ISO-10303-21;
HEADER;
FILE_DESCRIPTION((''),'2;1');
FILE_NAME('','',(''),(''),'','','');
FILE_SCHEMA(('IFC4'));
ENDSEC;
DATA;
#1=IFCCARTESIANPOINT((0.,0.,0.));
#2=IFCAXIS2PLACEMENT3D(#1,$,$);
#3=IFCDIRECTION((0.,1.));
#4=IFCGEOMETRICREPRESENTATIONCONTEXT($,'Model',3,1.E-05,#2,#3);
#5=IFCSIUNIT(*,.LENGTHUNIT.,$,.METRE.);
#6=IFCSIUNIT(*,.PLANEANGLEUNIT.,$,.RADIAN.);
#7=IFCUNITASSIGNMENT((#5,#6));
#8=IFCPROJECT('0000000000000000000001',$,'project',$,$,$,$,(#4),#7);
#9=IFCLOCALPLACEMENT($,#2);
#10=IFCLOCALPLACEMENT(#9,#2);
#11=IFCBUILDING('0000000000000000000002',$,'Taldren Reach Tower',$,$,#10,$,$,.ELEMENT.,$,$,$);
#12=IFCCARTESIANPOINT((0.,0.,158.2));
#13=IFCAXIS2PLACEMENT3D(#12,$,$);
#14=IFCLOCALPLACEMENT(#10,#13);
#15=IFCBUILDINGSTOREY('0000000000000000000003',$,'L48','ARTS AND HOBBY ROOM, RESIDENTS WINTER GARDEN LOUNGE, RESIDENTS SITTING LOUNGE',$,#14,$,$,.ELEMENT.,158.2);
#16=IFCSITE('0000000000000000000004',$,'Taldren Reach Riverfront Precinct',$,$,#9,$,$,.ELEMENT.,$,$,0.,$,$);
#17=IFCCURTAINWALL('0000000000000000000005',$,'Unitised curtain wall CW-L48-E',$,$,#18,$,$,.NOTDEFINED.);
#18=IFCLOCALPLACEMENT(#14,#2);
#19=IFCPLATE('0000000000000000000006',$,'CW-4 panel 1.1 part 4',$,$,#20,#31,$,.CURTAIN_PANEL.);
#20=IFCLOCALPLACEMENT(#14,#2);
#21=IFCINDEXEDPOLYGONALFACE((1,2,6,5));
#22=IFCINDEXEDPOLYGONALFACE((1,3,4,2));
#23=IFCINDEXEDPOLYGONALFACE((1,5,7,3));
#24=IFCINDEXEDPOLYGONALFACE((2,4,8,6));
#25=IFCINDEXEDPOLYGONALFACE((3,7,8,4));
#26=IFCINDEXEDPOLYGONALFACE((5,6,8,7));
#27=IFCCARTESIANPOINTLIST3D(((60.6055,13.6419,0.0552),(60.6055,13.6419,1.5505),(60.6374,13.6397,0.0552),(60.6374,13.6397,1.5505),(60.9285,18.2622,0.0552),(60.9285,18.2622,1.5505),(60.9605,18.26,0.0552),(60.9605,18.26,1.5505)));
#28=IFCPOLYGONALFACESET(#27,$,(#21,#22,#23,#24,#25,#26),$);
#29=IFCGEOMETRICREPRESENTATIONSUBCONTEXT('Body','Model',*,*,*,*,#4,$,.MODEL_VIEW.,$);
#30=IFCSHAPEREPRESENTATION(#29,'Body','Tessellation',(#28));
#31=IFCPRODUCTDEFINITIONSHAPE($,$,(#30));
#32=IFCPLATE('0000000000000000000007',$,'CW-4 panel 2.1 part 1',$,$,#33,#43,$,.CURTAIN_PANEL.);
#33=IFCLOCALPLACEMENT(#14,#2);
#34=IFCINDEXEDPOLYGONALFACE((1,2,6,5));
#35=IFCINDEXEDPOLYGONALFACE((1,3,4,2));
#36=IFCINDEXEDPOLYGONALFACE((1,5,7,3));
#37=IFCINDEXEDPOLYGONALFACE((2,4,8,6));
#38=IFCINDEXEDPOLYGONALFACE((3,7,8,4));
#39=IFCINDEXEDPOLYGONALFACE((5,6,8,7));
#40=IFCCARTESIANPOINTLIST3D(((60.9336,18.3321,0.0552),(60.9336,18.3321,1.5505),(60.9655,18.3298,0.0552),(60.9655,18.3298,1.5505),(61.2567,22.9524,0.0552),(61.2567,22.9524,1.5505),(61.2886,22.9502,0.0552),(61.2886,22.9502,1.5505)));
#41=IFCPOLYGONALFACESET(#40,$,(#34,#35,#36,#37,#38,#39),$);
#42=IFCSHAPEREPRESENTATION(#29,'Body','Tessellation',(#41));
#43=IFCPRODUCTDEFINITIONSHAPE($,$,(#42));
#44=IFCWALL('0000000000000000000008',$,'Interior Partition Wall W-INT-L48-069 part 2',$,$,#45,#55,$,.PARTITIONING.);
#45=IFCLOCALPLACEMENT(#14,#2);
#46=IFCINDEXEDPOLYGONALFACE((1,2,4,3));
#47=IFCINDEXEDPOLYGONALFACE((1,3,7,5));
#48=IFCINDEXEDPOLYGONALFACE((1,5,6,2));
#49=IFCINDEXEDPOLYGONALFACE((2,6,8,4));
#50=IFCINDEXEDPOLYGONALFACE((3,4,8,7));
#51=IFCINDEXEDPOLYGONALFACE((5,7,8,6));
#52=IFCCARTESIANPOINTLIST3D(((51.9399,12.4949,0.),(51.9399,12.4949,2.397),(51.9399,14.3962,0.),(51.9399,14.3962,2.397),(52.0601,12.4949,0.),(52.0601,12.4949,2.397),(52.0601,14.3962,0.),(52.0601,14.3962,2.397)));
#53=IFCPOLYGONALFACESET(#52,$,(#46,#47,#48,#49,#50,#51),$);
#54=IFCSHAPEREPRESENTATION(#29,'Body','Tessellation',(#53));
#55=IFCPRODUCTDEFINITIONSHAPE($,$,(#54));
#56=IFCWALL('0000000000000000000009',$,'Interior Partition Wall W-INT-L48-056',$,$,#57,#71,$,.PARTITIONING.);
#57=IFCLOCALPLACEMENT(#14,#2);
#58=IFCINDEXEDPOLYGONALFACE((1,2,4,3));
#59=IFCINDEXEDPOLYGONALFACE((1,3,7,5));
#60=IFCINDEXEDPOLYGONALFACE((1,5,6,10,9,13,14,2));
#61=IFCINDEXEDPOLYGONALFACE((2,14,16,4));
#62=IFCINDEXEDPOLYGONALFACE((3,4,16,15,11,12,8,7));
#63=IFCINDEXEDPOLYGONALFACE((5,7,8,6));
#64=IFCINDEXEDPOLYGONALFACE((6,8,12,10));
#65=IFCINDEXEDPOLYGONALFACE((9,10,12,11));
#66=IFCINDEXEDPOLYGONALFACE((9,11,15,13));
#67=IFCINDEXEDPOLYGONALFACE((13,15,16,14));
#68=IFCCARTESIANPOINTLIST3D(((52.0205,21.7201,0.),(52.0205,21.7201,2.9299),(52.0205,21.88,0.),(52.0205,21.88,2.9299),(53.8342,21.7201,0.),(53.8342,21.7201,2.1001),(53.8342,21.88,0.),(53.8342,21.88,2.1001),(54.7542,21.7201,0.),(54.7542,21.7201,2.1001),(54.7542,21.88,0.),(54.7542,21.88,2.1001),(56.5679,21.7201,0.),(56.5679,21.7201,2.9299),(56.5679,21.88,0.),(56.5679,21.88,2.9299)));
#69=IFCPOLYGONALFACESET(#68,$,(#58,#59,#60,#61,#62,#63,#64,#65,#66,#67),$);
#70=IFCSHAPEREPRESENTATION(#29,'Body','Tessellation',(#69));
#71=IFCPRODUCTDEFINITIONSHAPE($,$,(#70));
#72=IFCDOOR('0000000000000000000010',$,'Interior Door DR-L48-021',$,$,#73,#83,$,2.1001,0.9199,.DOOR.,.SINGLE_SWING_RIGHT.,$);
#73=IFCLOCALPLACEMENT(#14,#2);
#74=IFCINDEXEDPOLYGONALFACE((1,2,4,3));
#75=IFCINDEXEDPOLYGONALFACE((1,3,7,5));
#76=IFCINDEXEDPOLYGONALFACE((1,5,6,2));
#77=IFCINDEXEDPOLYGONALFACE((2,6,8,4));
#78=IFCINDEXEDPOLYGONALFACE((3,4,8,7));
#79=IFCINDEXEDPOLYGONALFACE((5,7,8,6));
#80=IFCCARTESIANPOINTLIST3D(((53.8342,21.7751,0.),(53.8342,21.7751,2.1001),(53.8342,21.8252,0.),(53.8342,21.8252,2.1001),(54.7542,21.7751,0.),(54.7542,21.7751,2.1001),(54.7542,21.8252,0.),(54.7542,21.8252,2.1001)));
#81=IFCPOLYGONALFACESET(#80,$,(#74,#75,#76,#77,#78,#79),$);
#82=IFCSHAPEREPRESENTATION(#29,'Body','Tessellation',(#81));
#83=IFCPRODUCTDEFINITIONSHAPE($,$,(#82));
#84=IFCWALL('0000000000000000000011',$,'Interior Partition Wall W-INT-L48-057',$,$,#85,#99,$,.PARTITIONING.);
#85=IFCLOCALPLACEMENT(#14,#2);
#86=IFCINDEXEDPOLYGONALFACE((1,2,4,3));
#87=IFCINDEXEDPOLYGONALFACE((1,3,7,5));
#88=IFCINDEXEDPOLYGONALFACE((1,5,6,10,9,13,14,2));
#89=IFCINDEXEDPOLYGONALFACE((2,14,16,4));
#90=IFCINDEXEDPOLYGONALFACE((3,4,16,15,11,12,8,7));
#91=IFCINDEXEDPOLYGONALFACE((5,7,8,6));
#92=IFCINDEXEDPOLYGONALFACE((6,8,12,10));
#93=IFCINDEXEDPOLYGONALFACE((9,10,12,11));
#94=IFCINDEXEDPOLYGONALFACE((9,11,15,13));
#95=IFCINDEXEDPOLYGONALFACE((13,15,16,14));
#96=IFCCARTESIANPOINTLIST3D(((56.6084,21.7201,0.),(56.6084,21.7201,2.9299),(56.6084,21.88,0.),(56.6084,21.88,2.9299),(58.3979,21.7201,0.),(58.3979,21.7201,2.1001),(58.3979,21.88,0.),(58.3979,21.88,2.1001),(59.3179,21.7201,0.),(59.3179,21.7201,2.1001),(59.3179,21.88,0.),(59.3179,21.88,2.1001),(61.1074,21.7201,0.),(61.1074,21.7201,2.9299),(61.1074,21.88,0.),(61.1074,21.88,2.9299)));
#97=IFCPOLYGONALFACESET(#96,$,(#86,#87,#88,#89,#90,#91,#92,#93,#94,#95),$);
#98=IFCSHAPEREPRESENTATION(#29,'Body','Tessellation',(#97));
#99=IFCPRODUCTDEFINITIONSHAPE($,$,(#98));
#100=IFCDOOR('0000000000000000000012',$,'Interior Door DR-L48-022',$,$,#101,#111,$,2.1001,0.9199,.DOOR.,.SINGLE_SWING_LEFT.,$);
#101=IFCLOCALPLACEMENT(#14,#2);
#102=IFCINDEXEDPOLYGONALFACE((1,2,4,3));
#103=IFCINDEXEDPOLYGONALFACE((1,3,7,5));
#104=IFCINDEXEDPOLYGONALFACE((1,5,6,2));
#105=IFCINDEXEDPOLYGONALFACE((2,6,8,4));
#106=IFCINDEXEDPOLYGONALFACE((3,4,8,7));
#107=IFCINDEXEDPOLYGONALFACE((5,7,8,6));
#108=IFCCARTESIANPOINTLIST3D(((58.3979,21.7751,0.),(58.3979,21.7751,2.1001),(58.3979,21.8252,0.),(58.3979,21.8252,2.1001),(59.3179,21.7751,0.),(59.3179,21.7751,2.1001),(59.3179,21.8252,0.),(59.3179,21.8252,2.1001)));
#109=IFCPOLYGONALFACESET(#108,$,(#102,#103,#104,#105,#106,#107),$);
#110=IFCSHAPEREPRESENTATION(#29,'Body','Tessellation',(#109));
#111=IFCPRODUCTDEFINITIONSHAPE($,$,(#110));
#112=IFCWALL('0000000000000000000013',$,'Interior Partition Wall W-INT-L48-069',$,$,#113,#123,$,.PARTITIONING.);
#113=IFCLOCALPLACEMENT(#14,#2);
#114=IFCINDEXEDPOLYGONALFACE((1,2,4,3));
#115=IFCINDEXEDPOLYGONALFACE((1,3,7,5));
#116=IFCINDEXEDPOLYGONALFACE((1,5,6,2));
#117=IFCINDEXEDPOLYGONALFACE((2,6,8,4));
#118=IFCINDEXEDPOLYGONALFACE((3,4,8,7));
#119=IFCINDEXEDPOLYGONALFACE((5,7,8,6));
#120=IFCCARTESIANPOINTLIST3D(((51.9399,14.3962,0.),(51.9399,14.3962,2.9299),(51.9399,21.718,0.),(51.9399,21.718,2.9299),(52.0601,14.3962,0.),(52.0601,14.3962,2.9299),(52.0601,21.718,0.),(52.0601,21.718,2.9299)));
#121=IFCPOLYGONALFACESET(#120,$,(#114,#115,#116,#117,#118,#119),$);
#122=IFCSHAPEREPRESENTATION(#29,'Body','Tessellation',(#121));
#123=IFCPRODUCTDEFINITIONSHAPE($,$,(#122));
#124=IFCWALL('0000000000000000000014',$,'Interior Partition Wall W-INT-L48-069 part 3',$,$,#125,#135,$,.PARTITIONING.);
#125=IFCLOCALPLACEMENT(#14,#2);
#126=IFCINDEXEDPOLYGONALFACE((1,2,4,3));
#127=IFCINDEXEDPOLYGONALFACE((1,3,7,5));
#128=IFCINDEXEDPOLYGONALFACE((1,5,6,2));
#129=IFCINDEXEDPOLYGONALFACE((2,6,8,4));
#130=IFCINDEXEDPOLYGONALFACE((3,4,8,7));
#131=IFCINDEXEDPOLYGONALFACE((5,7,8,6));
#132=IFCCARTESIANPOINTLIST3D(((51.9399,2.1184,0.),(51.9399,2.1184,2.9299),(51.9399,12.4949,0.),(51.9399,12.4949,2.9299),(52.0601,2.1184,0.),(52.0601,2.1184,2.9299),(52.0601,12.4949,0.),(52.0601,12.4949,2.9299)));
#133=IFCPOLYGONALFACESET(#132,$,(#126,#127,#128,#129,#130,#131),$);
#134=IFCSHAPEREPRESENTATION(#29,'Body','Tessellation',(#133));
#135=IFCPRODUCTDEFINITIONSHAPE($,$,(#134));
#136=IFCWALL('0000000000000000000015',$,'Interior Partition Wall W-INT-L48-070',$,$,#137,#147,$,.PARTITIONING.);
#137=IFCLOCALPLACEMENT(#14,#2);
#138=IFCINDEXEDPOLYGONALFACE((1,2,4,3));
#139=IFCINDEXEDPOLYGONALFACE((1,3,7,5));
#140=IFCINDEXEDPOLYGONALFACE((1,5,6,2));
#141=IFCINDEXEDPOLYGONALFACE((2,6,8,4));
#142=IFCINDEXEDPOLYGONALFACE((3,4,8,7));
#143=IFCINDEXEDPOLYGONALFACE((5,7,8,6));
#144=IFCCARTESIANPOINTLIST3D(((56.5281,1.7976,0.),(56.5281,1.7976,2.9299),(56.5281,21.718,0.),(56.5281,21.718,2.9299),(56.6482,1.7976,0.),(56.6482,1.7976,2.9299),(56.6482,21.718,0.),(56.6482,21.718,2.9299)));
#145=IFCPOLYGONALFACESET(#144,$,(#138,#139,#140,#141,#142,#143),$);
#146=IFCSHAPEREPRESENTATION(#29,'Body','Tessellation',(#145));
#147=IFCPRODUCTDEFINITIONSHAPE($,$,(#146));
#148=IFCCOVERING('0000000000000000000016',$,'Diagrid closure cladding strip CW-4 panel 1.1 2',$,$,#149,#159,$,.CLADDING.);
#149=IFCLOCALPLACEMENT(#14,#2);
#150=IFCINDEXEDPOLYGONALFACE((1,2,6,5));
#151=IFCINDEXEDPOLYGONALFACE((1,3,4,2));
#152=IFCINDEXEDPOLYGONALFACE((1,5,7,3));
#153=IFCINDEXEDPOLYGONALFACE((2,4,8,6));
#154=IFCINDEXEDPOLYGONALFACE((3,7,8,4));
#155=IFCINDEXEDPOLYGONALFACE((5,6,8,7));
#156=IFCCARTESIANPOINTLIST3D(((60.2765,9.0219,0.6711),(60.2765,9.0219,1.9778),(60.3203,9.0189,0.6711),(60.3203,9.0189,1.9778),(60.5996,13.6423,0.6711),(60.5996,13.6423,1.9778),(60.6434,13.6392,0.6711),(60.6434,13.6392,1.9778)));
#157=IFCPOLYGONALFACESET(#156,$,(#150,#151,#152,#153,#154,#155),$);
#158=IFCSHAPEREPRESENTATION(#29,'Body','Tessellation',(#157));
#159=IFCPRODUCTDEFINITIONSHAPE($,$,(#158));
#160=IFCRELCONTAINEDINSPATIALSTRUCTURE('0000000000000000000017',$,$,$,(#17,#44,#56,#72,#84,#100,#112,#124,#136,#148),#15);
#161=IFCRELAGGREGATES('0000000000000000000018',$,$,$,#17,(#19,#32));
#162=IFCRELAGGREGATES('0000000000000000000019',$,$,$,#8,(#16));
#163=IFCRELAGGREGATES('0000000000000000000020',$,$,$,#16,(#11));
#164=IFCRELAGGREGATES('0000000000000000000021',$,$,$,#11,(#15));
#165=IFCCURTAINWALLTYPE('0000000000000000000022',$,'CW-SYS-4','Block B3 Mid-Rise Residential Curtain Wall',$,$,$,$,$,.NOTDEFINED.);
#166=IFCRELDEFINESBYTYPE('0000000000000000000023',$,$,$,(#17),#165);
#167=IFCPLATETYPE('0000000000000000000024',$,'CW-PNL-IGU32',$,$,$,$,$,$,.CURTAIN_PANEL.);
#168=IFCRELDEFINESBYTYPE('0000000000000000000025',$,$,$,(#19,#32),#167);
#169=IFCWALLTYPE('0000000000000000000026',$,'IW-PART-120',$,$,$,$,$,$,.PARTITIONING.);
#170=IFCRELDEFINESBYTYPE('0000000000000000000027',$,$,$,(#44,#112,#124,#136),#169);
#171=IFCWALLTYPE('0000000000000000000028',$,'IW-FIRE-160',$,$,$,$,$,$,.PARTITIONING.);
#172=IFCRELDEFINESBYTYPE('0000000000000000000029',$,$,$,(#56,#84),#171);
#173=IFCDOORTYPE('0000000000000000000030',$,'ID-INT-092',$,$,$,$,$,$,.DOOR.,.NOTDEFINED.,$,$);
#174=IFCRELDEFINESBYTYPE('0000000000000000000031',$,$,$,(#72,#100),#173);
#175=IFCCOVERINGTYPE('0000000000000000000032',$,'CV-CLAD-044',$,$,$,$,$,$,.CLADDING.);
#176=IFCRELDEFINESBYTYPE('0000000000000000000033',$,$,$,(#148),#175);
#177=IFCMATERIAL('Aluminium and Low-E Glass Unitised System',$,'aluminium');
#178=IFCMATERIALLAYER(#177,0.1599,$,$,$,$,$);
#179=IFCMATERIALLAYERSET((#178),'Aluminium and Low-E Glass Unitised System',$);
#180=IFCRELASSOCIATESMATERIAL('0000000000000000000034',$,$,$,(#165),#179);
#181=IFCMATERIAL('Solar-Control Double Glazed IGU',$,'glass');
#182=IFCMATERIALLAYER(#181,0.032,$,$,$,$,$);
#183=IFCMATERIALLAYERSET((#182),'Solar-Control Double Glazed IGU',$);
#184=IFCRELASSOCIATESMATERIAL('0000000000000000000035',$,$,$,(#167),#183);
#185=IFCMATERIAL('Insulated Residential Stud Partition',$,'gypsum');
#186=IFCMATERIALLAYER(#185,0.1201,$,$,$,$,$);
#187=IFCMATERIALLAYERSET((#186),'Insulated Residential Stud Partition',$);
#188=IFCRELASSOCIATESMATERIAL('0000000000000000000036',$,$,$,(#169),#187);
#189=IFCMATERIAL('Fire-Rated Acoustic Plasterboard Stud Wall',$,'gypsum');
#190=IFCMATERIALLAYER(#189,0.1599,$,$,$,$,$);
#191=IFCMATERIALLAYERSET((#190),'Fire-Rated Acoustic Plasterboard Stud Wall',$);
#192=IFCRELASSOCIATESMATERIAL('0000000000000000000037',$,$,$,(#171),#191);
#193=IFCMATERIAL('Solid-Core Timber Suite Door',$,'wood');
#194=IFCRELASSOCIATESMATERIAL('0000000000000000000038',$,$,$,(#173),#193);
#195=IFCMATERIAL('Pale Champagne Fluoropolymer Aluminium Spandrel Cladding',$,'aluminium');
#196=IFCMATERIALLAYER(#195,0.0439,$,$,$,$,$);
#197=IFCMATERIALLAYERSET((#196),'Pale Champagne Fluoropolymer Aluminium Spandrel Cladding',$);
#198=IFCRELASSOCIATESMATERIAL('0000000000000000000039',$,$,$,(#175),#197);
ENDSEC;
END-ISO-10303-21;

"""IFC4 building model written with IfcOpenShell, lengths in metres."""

from ifc_helpers import new_model, si_unit, direction, frame, frame_2d, origin, origin_2d, place, context, subcontext, project, spatial, rectangle, extrude, source, transform, mapped, material, layer, layer_set, type_object, element, fill, aggregate, save


model = new_model("IFC4")

# Units and contexts
model_context = context("Model", 3, precision=1e-05, world=origin(), true_north=direction((0.0, 1.0)))
body_context = subcontext(model_context, "Body", "Model", "MODEL_VIEW")
ifc_project = project(units=[si_unit("LENGTHUNIT", "METRE"), si_unit("PLANEANGLEUNIT", "RADIAN")], contexts=[model_context])

# Site, building, storey
site_placement = place(None, origin())
site = spatial("IfcSite", under=ifc_project, at=site_placement, Name="Taldren Reach Riverfront Precinct", CompositionType="ELEMENT", RefElevation=0.0)
building_placement = place(site_placement, origin())
building = spatial("IfcBuilding", under=site, at=building_placement, Name="Taldren Reach Tower", CompositionType="ELEMENT")
storey_placement = place(building_placement, frame((0.0, 0.0, 158.2)))
storey = spatial("IfcBuildingStorey", under=building, at=storey_placement, Name="L48", Description="ARTS AND HOBBY ROOM, RESIDENTS WINTER GARDEN LOUNGE, RESIDENTS SITTING LOUNGE", CompositionType="ELEMENT", Elevation=158.2)

# Curtain wall
ifc_material_1 = material(Name="Aluminium and Low-E Glass Unitised System", Category="aluminium")
ifc_layer_1 = layer(ifc_material_1, 0.1599)
ifc_layer_set_1 = layer_set([ifc_layer_1], Name="Aluminium and Low-E Glass Unitised System")
curtain_wall_type = type_object("IfcCurtainWallType", Name="CW-SYS-4", Description="Block B3 Mid-Rise Residential Curtain Wall", PredefinedType="NOTDEFINED", material=ifc_layer_set_1)
curtain_wall_placement = place(storey_placement, origin())
curtain_wall = element("IfcCurtainWall", 1, at=curtain_wall_placement, inside=storey, type_object=curtain_wall_type, Name="Unitised curtain wall CW-L48-E", PredefinedType="NOTDEFINED")

# Plates
ifc_material_2 = material(Name="Solar-Control Double Glazed IGU", Category="glass")
ifc_layer_2 = layer(ifc_material_2, 0.032)
ifc_layer_set_2 = layer_set([ifc_layer_2], Name="Solar-Control Double Glazed IGU")
plate_type_1 = type_object("IfcPlateType", Name="CW-PNL-IGU32", PredefinedType="CURTAIN_PANEL", material=ifc_layer_set_2)
shared_shape_1 = source(origin(), body_context, "Body", "SweptSolid", [
    extrude(rectangle(XDim=4.6316, YDim=0.032, at=origin_2d()), origin(), (0.0, 0.0, 1.0), 1.4954),
])
plate_1_placement = place(storey_placement, frame((60.783, 15.9509, 0.0552), z_axis=(0.0, 0.0, 1.0), x_axis=(0.069756, 0.997564, 0.0)))
plate_1 = element("IfcPlate", 2, at=plate_1_placement, type_object=plate_type_1, Name="CW-4 panel 1.1 part 4", PredefinedType="CURTAIN_PANEL", context=body_context, shape_type="MappedRepresentation", body=[
    mapped(shared_shape_1, transform((0.0, 0.0, 0.0), scale=1.0)),
])
plate_2_placement = place(storey_placement, frame((61.1111, 20.6411, 0.0552), z_axis=(0.0, 0.0, 1.0), x_axis=(0.069756, 0.997564, 0.0)))
plate_2 = element("IfcPlate", 3, at=plate_2_placement, type_object=plate_type_1, Name="CW-4 panel 2.1 part 1", PredefinedType="CURTAIN_PANEL", context=body_context, shape_type="MappedRepresentation", body=[
    mapped(shared_shape_1, transform((0.0, 0.0, 0.0), scale=1.0)),
])
aggregate(curtain_wall, [plate_1, plate_2])

# Wall
ifc_material_3 = material(Name="Insulated Residential Stud Partition", Category="gypsum")
ifc_layer_3 = layer(ifc_material_3, 0.1201)
ifc_layer_set_3 = layer_set([ifc_layer_3], Name="Insulated Residential Stud Partition")
wall_type_1 = type_object("IfcWallType", Name="IW-PART-120", PredefinedType="PARTITIONING", material=ifc_layer_set_3)
shared_shape_2 = source(origin(), body_context, "Body", "SweptSolid", [
    extrude(rectangle(XDim=1.9014, YDim=0.1201, at=frame_2d((0.9507, 0.0))), origin(), (0.0, 0.0, 1.0), 2.397),
])
wall_1_placement = place(storey_placement, frame((52.0, 14.3962, 0.0), z_axis=(0.0, 0.0, 1.0), x_axis=(0.0, -1.0, 0.0)))
element("IfcWall", 4, at=wall_1_placement, inside=storey, type_object=wall_type_1, Name="Interior Partition Wall W-INT-L48-069 part 2", PredefinedType="PARTITIONING", context=body_context, shape_type="MappedRepresentation", body=[
    mapped(shared_shape_2, transform((0.0, 0.0, 0.0), scale=1.0)),
])

# Walls, openings, doors
ifc_material_4 = material(Name="Fire-Rated Acoustic Plasterboard Stud Wall", Category="gypsum")
ifc_layer_4 = layer(ifc_material_4, 0.1599)
ifc_layer_set_4 = layer_set([ifc_layer_4], Name="Fire-Rated Acoustic Plasterboard Stud Wall")
wall_type_2 = type_object("IfcWallType", Name="IW-FIRE-160", PredefinedType="PARTITIONING", material=ifc_layer_set_4)
shared_shape_3 = source(origin(), body_context, "Body", "SweptSolid", [
    extrude(rectangle(XDim=4.5474, YDim=0.1599, at=frame_2d((2.2737, 0.0))), origin(), (0.0, 0.0, 1.0), 2.9299),
])
wall_2_placement = place(storey_placement, frame((56.5679, 21.8, 0.0), z_axis=(0.0, 0.0, 1.0), x_axis=(-1.0, 0.0, 0.0)))
wall_2 = element("IfcWall", 5, at=wall_2_placement, inside=storey, type_object=wall_type_2, Name="Interior Partition Wall W-INT-L48-056", PredefinedType="PARTITIONING", context=body_context, shape_type="MappedRepresentation", body=[
    mapped(shared_shape_3, transform((0.0, 0.0, 0.0), scale=1.0)),
])
shared_shape_4 = source(origin(), body_context, "Body", "SweptSolid", [
    extrude(rectangle(XDim=0.9199, YDim=2.1001, at=frame_2d((0.46, 1.05))), frame((0.0, 0.0898, 0.0), z_axis=(0.0, -1.0, 0.0), x_axis=(1.0, 0.0, 0.0)), (0.0, 0.0, 1.0), 0.1799),
])
opening_1_placement = place(wall_2_placement, frame((1.8137, 0.0, 0.0)))
opening_1 = element("IfcOpeningElement", 6, at=opening_1_placement, cuts=wall_2, PredefinedType="OPENING", context=body_context, shape_type="MappedRepresentation", body=[
    mapped(shared_shape_4, transform((0.0, 0.0, 0.0), scale=1.0)),
])
ifc_material_5 = material(Name="Solid-Core Timber Suite Door", Category="wood")
door_type = type_object("IfcDoorType", Name="ID-INT-092", OperationType="NOTDEFINED", PredefinedType="DOOR", material=ifc_material_5)
shared_shape_5 = source(origin(), body_context, "Body", "SweptSolid", [
    extrude(rectangle(XDim=0.9199, YDim=2.1001, at=frame_2d((0.46, 1.05))), frame((0.0, 0.0249, 0.0), z_axis=(0.0, -1.0, 0.0), x_axis=(1.0, 0.0, 0.0)), (0.0, 0.0, 1.0), 0.05),
])
door_1_placement = place(opening_1_placement, origin())
door_1 = element("IfcDoor", 7, at=door_1_placement, inside=storey, type_object=door_type, Name="Interior Door DR-L48-021", OperationType="SINGLE_SWING_RIGHT", OverallHeight=2.1001, OverallWidth=0.9199, PredefinedType="DOOR", context=body_context, shape_type="MappedRepresentation", body=[
    mapped(shared_shape_5, transform((0.0, 0.0, 0.0), scale=1.0)),
])
fill(opening_1, door_1)
shared_shape_6 = source(origin(), body_context, "Body", "SweptSolid", [
    extrude(rectangle(XDim=4.499, YDim=0.1599, at=frame_2d((2.2495, 0.0))), origin(), (0.0, 0.0, 1.0), 2.9299),
])
wall_3_placement = place(storey_placement, frame((61.1074, 21.8, 0.0), z_axis=(0.0, 0.0, 1.0), x_axis=(-1.0, 0.0, 0.0)))
wall_3 = element("IfcWall", 8, at=wall_3_placement, inside=storey, type_object=wall_type_2, Name="Interior Partition Wall W-INT-L48-057", PredefinedType="PARTITIONING", context=body_context, shape_type="MappedRepresentation", body=[
    mapped(shared_shape_6, transform((0.0, 0.0, 0.0), scale=1.0)),
])
opening_2_placement = place(wall_3_placement, frame((1.7896, 0.0, 0.0)))
opening_2 = element("IfcOpeningElement", 9, at=opening_2_placement, cuts=wall_3, PredefinedType="OPENING", context=body_context, shape_type="MappedRepresentation", body=[
    mapped(shared_shape_4, transform((0.0, 0.0, 0.0), scale=1.0)),
])
door_2_placement = place(opening_2_placement, origin())
door_2 = element("IfcDoor", 10, at=door_2_placement, inside=storey, type_object=door_type, Name="Interior Door DR-L48-022", OperationType="SINGLE_SWING_LEFT", OverallHeight=2.1001, OverallWidth=0.9199, PredefinedType="DOOR", context=body_context, shape_type="MappedRepresentation", body=[
    mapped(shared_shape_5, transform((0.0, 0.0, 0.0), scale=1.0)),
])
fill(opening_2, door_2)

# Walls
shared_shape_7 = source(origin(), body_context, "Body", "SweptSolid", [
    extrude(rectangle(XDim=7.3218, YDim=0.1201, at=frame_2d((3.6609, 0.0))), origin(), (0.0, 0.0, 1.0), 2.9299),
])
wall_4_placement = place(storey_placement, frame((52.0, 21.718, 0.0), z_axis=(0.0, 0.0, 1.0), x_axis=(0.0, -1.0, 0.0)))
element("IfcWall", 11, at=wall_4_placement, inside=storey, type_object=wall_type_1, Name="Interior Partition Wall W-INT-L48-069", PredefinedType="PARTITIONING", context=body_context, shape_type="MappedRepresentation", body=[
    mapped(shared_shape_7, transform((0.0, 0.0, 0.0), scale=1.0)),
])
shared_shape_8 = source(origin(), body_context, "Body", "SweptSolid", [
    extrude(rectangle(XDim=10.3765, YDim=0.1201, at=frame_2d((5.1882, 0.0))), origin(), (0.0, 0.0, 1.0), 2.9299),
])
wall_5_placement = place(storey_placement, frame((52.0, 12.4949, 0.0), z_axis=(0.0, 0.0, 1.0), x_axis=(0.0, -1.0, 0.0)))
element("IfcWall", 12, at=wall_5_placement, inside=storey, type_object=wall_type_1, Name="Interior Partition Wall W-INT-L48-069 part 3", PredefinedType="PARTITIONING", context=body_context, shape_type="MappedRepresentation", body=[
    mapped(shared_shape_8, transform((0.0, 0.0, 0.0), scale=1.0)),
])
shared_shape_9 = source(origin(), body_context, "Body", "SweptSolid", [
    extrude(rectangle(XDim=19.9204, YDim=0.1201, at=frame_2d((9.9602, 0.0))), origin(), (0.0, 0.0, 1.0), 2.9299),
])
wall_6_placement = place(storey_placement, frame((56.5881, 21.718, 0.0), z_axis=(0.0, 0.0, 1.0), x_axis=(0.0, -1.0, 0.0)))
element("IfcWall", 13, at=wall_6_placement, inside=storey, type_object=wall_type_1, Name="Interior Partition Wall W-INT-L48-070", PredefinedType="PARTITIONING", context=body_context, shape_type="MappedRepresentation", body=[
    mapped(shared_shape_9, transform((0.0, 0.0, 0.0), scale=1.0)),
])

# Covering
ifc_material_6 = material(Name="Pale Champagne Fluoropolymer Aluminium Spandrel Cladding", Category="aluminium")
ifc_layer_5 = layer(ifc_material_6, 0.0439)
ifc_layer_set_5 = layer_set([ifc_layer_5], Name="Pale Champagne Fluoropolymer Aluminium Spandrel Cladding")
covering_type = type_object("IfcCoveringType", Name="CV-CLAD-044", PredefinedType="CLADDING", material=ifc_layer_set_5)
shared_shape_10 = source(origin(), body_context, "Body", "SweptSolid", [
    extrude(rectangle(XDim=4.6316, YDim=0.0439, at=origin_2d()), origin(), (0.0, 0.0, 1.0), 1.3066),
])
covering_placement = place(storey_placement, frame((60.46, 11.3306, 0.6711), z_axis=(0.0, 0.0, 1.0), x_axis=(0.069756, 0.997564, 0.0)))
element("IfcCovering", 14, at=covering_placement, inside=storey, type_object=covering_type, Name="Diagrid closure cladding strip CW-4 panel 1.1 2", PredefinedType="CLADDING", context=body_context, shape_type="MappedRepresentation", body=[
    mapped(shared_shape_10, transform((0.0, 0.0, 0.0), scale=1.0)),
])

save(model, "model.ifc")
